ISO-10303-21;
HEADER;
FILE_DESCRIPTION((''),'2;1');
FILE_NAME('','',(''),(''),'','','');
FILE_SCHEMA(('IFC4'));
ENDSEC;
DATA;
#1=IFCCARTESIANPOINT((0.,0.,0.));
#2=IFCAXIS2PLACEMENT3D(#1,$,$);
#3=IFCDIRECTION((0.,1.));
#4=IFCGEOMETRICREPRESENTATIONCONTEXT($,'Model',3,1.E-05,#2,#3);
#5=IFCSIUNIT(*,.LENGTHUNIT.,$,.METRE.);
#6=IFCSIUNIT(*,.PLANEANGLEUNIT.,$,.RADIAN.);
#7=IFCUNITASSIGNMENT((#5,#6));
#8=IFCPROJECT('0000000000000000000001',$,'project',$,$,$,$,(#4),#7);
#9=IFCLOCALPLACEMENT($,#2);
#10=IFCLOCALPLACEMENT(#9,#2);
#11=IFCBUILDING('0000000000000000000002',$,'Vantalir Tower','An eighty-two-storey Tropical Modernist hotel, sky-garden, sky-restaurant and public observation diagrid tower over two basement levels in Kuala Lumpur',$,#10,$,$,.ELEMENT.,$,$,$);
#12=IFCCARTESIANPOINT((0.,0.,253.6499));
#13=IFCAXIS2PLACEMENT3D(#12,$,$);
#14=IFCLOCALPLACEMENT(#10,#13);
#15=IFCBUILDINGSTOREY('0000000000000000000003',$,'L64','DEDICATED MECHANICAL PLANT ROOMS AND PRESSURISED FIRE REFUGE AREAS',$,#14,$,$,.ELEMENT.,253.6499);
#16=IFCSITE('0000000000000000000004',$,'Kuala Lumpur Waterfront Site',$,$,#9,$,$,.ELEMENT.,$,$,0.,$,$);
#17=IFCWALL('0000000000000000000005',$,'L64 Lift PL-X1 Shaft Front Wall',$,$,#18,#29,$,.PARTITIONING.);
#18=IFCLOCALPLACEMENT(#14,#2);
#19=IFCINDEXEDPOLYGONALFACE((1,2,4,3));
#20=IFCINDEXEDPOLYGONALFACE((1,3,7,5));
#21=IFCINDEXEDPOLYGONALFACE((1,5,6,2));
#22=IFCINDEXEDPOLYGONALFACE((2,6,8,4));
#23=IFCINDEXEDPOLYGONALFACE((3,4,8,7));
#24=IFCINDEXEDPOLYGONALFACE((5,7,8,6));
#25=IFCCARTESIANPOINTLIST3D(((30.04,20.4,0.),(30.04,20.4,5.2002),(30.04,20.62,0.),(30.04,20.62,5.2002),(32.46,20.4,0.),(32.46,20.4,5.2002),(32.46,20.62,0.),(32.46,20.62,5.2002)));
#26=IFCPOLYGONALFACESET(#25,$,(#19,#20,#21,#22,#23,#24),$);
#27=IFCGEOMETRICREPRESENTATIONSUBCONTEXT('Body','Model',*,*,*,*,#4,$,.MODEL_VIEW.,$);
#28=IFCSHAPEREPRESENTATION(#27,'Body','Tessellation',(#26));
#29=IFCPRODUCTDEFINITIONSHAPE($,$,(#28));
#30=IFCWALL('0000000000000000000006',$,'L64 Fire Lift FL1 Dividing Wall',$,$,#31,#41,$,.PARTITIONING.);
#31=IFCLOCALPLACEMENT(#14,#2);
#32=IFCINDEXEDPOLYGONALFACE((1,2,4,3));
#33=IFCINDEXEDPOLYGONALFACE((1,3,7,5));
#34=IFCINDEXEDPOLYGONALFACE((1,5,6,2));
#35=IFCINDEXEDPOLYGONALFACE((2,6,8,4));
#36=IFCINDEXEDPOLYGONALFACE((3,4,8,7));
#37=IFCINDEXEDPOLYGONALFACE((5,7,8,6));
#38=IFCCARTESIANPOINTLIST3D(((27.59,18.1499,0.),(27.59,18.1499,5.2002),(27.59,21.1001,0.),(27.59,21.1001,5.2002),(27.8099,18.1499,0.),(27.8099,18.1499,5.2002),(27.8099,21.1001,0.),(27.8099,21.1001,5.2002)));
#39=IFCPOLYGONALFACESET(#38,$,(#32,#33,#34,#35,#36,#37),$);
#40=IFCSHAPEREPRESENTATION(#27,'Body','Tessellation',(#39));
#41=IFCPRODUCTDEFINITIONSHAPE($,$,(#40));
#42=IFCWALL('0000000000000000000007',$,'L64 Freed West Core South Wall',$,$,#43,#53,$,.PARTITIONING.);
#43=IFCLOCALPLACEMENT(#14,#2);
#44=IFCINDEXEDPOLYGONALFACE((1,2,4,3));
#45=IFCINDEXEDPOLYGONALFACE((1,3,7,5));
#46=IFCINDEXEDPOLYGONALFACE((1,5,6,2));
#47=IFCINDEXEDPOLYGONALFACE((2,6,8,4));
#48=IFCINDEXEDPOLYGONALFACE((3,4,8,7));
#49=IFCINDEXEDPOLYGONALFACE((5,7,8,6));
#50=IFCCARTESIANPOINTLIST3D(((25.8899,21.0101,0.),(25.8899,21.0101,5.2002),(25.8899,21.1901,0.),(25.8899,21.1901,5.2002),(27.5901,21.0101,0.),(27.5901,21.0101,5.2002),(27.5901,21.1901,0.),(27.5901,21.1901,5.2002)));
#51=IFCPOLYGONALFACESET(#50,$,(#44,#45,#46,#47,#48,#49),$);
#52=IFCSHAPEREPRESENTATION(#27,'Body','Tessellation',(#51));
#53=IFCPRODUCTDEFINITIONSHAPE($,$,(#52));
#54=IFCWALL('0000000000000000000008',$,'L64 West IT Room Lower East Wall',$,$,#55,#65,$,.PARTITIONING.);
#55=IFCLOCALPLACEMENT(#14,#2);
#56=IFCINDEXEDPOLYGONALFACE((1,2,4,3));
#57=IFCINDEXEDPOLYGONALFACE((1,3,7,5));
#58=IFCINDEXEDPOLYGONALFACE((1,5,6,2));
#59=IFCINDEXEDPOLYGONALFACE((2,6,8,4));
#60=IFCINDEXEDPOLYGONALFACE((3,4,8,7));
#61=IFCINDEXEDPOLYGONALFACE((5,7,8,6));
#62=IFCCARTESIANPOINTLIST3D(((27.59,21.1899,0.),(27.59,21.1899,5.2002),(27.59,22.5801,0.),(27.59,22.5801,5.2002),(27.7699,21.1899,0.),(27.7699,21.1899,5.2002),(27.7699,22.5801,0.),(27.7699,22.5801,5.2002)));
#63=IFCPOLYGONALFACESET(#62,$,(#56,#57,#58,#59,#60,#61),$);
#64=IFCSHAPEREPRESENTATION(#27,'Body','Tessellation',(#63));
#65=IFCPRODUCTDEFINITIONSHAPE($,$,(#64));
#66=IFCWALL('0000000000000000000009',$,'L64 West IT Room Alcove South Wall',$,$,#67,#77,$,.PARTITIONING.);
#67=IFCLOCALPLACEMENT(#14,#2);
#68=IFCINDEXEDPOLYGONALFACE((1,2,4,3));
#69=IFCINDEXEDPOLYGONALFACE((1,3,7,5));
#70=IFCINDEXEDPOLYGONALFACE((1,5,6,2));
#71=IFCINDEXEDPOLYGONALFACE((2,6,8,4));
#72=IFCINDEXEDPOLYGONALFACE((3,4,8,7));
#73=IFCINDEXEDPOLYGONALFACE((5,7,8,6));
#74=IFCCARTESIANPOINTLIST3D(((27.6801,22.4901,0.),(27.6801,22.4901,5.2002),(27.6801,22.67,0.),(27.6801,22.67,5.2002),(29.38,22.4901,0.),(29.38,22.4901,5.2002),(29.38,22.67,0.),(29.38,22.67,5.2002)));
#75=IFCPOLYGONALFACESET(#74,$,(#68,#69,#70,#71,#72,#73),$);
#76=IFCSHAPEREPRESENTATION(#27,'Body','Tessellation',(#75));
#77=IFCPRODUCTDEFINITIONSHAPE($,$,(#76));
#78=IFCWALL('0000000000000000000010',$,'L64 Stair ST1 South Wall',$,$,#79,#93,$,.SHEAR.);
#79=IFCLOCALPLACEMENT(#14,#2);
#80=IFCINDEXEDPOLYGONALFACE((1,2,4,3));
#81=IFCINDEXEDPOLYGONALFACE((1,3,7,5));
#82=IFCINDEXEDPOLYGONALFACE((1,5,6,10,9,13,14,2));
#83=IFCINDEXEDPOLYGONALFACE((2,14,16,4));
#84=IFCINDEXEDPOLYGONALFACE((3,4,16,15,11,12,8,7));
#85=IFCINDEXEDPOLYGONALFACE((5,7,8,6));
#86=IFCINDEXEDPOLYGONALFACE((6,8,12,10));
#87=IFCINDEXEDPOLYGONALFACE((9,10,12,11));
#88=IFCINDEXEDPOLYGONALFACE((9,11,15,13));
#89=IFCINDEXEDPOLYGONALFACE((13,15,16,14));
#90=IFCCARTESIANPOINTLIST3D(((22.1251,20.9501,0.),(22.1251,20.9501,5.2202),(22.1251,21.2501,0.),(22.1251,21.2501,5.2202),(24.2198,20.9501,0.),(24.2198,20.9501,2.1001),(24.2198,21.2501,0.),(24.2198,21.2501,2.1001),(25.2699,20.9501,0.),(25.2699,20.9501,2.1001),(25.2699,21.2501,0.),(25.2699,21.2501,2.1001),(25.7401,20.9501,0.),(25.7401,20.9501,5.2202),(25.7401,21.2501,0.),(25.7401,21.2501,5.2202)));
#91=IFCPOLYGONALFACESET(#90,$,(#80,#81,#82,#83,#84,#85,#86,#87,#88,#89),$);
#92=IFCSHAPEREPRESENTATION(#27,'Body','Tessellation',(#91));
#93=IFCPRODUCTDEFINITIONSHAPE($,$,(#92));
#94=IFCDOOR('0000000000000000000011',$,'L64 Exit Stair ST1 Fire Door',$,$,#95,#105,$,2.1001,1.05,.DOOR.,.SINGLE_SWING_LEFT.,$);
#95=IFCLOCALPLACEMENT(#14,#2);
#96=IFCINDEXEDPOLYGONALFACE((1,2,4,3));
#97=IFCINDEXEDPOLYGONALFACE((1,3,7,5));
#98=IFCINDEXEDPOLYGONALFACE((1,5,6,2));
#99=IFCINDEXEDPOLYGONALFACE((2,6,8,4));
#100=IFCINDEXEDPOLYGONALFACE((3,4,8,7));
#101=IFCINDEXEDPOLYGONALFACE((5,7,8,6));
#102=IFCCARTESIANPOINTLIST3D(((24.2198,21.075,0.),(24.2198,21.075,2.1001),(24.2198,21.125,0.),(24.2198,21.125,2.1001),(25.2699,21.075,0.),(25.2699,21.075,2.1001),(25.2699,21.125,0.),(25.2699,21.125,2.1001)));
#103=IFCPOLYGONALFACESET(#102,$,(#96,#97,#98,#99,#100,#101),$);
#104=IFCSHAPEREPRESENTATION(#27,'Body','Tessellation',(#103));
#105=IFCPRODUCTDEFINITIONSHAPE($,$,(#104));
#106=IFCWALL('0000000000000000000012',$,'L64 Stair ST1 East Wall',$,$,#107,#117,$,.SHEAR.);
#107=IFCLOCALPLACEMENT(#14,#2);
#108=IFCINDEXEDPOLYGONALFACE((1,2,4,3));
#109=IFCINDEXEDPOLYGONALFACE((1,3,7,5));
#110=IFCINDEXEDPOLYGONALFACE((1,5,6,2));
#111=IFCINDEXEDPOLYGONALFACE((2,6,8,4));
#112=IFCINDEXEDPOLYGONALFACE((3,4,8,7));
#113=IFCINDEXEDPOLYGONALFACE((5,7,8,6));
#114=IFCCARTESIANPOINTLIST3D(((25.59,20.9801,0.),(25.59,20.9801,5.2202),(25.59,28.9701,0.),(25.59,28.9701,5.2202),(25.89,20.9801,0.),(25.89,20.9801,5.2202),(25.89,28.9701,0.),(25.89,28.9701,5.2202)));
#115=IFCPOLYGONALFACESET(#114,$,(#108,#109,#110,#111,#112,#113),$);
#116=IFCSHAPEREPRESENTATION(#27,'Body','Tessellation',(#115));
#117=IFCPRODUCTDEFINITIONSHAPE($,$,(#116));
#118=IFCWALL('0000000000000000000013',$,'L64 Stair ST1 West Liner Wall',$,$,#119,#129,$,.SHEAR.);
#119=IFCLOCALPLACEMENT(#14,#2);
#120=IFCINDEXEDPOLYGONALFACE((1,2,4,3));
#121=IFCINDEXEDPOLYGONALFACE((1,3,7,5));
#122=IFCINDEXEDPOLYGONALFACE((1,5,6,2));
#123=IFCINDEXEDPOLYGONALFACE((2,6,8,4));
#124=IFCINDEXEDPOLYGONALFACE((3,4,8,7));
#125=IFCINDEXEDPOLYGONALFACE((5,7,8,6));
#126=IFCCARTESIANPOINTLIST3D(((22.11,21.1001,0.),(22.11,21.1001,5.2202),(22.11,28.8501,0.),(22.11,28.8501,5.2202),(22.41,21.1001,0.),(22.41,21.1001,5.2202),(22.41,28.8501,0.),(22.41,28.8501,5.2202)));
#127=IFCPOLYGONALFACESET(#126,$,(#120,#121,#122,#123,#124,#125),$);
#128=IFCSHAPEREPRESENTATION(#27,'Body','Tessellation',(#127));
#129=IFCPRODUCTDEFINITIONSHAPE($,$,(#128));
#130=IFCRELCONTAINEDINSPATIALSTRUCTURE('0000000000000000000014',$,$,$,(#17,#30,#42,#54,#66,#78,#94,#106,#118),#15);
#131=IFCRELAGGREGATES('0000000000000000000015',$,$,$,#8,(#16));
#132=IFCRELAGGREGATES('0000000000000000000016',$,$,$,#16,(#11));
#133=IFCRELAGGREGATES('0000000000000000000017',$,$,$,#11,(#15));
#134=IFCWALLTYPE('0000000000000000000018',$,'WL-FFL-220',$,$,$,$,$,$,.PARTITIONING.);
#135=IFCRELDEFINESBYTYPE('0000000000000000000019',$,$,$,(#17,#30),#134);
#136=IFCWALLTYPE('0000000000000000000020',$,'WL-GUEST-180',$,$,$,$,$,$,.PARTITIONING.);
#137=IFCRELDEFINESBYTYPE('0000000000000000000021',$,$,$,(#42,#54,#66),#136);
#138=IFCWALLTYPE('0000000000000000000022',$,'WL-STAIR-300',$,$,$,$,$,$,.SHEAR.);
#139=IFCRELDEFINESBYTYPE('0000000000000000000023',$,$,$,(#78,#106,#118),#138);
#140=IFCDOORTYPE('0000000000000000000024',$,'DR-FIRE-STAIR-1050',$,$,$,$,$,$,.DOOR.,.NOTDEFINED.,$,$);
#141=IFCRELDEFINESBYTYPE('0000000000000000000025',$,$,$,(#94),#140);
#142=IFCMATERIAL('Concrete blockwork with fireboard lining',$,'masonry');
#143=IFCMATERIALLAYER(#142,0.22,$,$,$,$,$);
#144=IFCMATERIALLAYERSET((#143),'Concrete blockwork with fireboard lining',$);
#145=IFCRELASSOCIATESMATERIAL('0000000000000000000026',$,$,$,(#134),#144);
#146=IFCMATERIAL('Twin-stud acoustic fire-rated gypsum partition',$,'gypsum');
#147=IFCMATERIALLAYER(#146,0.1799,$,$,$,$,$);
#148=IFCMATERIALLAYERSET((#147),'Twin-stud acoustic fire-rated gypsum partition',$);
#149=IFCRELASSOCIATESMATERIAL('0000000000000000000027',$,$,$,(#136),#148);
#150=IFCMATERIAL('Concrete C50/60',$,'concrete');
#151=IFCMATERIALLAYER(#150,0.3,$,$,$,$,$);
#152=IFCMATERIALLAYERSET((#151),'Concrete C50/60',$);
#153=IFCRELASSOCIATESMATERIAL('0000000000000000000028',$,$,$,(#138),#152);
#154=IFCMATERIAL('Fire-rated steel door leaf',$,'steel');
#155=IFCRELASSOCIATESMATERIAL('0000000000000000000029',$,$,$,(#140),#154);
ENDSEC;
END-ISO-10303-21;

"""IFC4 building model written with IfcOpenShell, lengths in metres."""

from ifc_helpers import new_model, si_unit, direction, frame, frame_2d, origin, place, context, subcontext, project, spatial, rectangle, extrude, material, layer, layer_set, type_object, element, fill, save


model = new_model("IFC4")

# Units and contexts
model_context = context("Model", 3, precision=1e-05, world=origin(), true_north=direction((0.0, 1.0)))
body_context = subcontext(model_context, "Body", "Model", "MODEL_VIEW")
ifc_project = project(units=[si_unit("LENGTHUNIT", "METRE"), si_unit("PLANEANGLEUNIT", "RADIAN")], contexts=[model_context])

# Site, building, storey
site_placement = place(None, origin())
site = spatial("IfcSite", under=ifc_project, at=site_placement, Name="Kuala Lumpur Waterfront Site", CompositionType="ELEMENT", RefElevation=0.0)
building_placement = place(site_placement, origin())
building = spatial("IfcBuilding", under=site, at=building_placement, Name="Vantalir Tower", Description="An eighty-two-storey Tropical Modernist hotel, sky-garden, sky-restaurant and public observation diagrid tower over two basement levels in Kuala Lumpur", CompositionType="ELEMENT")
storey_placement = place(building_placement, frame((0.0, 0.0, 253.6499)))
storey = spatial("IfcBuildingStorey", under=building, at=storey_placement, Name="L64", Description="DEDICATED MECHANICAL PLANT ROOMS AND PRESSURISED FIRE REFUGE AREAS", CompositionType="ELEMENT", Elevation=253.6499)

# Shared definitions
ifc_material_1 = material(Name="Concrete C50/60", Category="concrete")

# Shared definitions
ifc_material_2 = material(Name="Concrete blockwork with fireboard lining", Category="masonry")
ifc_layer_1 = layer(ifc_material_2, 0.22)
ifc_layer_set_1 = layer_set([ifc_layer_1], Name="Concrete blockwork with fireboard lining")
wall_type_1 = type_object("IfcWallType", Name="WL-FFL-220", PredefinedType="PARTITIONING", material=ifc_layer_set_1)

# Walls
wall_1_placement = place(storey_placement, frame((30.04, 20.51, 0.0), z_axis=(0.0, 0.0, 1.0), x_axis=(1.0, 0.0, 0.0)))
element("IfcWall", 1, at=wall_1_placement, inside=storey, type_object=wall_type_1, Name="L64 Lift PL-X1 Shaft Front Wall", PredefinedType="PARTITIONING", context=body_context, shape_type="SweptSolid", body=[
    extrude(rectangle(XDim=2.4199, YDim=0.22, at=frame_2d((1.21, 0.0))), origin(), (0.0, 0.0, 1.0), 5.2002),
])
wall_2_placement = place(storey_placement, frame((27.7, 18.1499, 0.0), z_axis=(0.0, 0.0, 1.0), x_axis=(0.0, 1.0, 0.0)))
element("IfcWall", 2, at=wall_2_placement, inside=storey, type_object=wall_type_1, Name="L64 Fire Lift FL1 Dividing Wall", PredefinedType="PARTITIONING", context=body_context, shape_type="SweptSolid", body=[
    extrude(rectangle(XDim=2.9502, YDim=0.22, at=frame_2d((1.4751, 0.0))), origin(), (0.0, 0.0, 1.0), 5.2002),
])
ifc_material_3 = material(Name="Twin-stud acoustic fire-rated gypsum partition", Category="gypsum")
ifc_layer_2 = layer(ifc_material_3, 0.1799)
ifc_layer_set_2 = layer_set([ifc_layer_2], Name="Twin-stud acoustic fire-rated gypsum partition")
wall_type_2 = type_object("IfcWallType", Name="WL-GUEST-180", PredefinedType="PARTITIONING", material=ifc_layer_set_2)
wall_3_placement = place(storey_placement, frame((25.8899, 21.1001, 0.0), z_axis=(0.0, 0.0, 1.0), x_axis=(1.0, 0.0, 0.0)))
element("IfcWall", 3, at=wall_3_placement, inside=storey, type_object=wall_type_2, Name="L64 Freed West Core South Wall", PredefinedType="PARTITIONING", context=body_context, shape_type="SweptSolid", body=[
    extrude(rectangle(XDim=1.7002, YDim=0.1799, at=frame_2d((0.8501, 0.0))), origin(), (0.0, 0.0, 1.0), 5.2002),
])
wall_4_placement = place(storey_placement, frame((27.6799, 21.1899, 0.0), z_axis=(0.0, 0.0, 1.0), x_axis=(0.0, 1.0, 0.0)))
element("IfcWall", 4, at=wall_4_placement, inside=storey, type_object=wall_type_2, Name="L64 West IT Room Lower East Wall", PredefinedType="PARTITIONING", context=body_context, shape_type="SweptSolid", body=[
    extrude(rectangle(XDim=1.3901, YDim=0.1799, at=frame_2d((0.6951, 0.0))), origin(), (0.0, 0.0, 1.0), 5.2002),
])
wall_5_placement = place(storey_placement, frame((27.6799, 22.5801, 0.0), z_axis=(0.0, 0.0, 1.0), x_axis=(1.0, 0.0, 0.0)))
element("IfcWall", 5, at=wall_5_placement, inside=storey, type_object=wall_type_2, Name="L64 West IT Room Alcove South Wall", PredefinedType="PARTITIONING", context=body_context, shape_type="SweptSolid", body=[
    extrude(rectangle(XDim=1.7, YDim=0.1799, at=frame_2d((0.8501, 0.0))), origin(), (0.0, 0.0, 1.0), 5.2002),
])

# Wall, opening, door
ifc_layer_3 = layer(ifc_material_1, 0.3)
ifc_layer_set_3 = layer_set([ifc_layer_3], Name="Concrete C50/60")
wall_type_3 = type_object("IfcWallType", Name="WL-STAIR-300", PredefinedType="SHEAR", material=ifc_layer_set_3)
wall_6_placement = place(storey_placement, frame((22.125, 21.1001, 0.0), z_axis=(0.0, 0.0, 1.0), x_axis=(1.0, 0.0, 0.0)))
wall_6 = element("IfcWall", 6, at=wall_6_placement, inside=storey, type_object=wall_type_3, Name="L64 Stair ST1 South Wall", PredefinedType="SHEAR", context=body_context, shape_type="SweptSolid", body=[
    extrude(rectangle(XDim=3.615, YDim=0.3, at=frame_2d((1.8076, 0.0))), origin(), (0.0, 0.0, 1.0), 5.2202),
])
opening_1_placement = place(wall_6_placement, frame((2.095, 0.0, 0.0)))
opening_1 = element("IfcOpeningElement", 7, at=opening_1_placement, cuts=wall_6, PredefinedType="OPENING", context=body_context, shape_type="SweptSolid", body=[
    extrude(rectangle(XDim=1.05, YDim=2.1001, at=frame_2d((0.5249, 1.05))), frame((0.0, 0.1599, 0.0), z_axis=(0.0, -1.0, 0.0), x_axis=(1.0, 0.0, 0.0)), (0.0, 0.0, 1.0), 0.3201),
])
ifc_material_4 = material(Name="Fire-rated steel door leaf", Category="steel")
door_type_1 = type_object("IfcDoorType", Name="DR-FIRE-STAIR-1050", OperationType="NOTDEFINED", PredefinedType="DOOR", material=ifc_material_4)
door_1_placement = place(opening_1_placement, origin())
door_1 = element("IfcDoor", 8, at=door_1_placement, inside=storey, type_object=door_type_1, Name="L64 Exit Stair ST1 Fire Door", OperationType="SINGLE_SWING_LEFT", OverallHeight=2.1001, OverallWidth=1.05, PredefinedType="DOOR", context=body_context, shape_type="SweptSolid", body=[
    extrude(rectangle(XDim=1.05, YDim=2.1001, at=frame_2d((0.5249, 1.05))), frame((0.0, 0.0249, 0.0), z_axis=(0.0, -1.0, 0.0), x_axis=(1.0, 0.0, 0.0)), (0.0, 0.0, 1.0), 0.05),
])
fill(opening_1, door_1)

# Walls
wall_7_placement = place(storey_placement, frame((25.74, 20.98, 0.0), z_axis=(0.0, 0.0, 1.0), x_axis=(0.0, 1.0, 0.0)))
element("IfcWall", 9, at=wall_7_placement, inside=storey, type_object=wall_type_3, Name="L64 Stair ST1 East Wall", PredefinedType="SHEAR", context=body_context, shape_type="SweptSolid", body=[
    extrude(rectangle(XDim=7.99, YDim=0.3, at=frame_2d((3.9951, 0.0))), origin(), (0.0, 0.0, 1.0), 5.2202),
])
wall_8_placement = place(storey_placement, frame((22.26, 21.1001, 0.0), z_axis=(0.0, 0.0, 1.0), x_axis=(0.0, 1.0, 0.0)))
element("IfcWall", 10, at=wall_8_placement, inside=storey, type_object=wall_type_3, Name="L64 Stair ST1 West Liner Wall", PredefinedType="SHEAR", context=body_context, shape_type="SweptSolid", body=[
    extrude(rectangle(XDim=7.75, YDim=0.3, at=frame_2d((3.875, 0.0))), origin(), (0.0, 0.0, 1.0), 5.2202),
])

save(model, "model.ifc")
